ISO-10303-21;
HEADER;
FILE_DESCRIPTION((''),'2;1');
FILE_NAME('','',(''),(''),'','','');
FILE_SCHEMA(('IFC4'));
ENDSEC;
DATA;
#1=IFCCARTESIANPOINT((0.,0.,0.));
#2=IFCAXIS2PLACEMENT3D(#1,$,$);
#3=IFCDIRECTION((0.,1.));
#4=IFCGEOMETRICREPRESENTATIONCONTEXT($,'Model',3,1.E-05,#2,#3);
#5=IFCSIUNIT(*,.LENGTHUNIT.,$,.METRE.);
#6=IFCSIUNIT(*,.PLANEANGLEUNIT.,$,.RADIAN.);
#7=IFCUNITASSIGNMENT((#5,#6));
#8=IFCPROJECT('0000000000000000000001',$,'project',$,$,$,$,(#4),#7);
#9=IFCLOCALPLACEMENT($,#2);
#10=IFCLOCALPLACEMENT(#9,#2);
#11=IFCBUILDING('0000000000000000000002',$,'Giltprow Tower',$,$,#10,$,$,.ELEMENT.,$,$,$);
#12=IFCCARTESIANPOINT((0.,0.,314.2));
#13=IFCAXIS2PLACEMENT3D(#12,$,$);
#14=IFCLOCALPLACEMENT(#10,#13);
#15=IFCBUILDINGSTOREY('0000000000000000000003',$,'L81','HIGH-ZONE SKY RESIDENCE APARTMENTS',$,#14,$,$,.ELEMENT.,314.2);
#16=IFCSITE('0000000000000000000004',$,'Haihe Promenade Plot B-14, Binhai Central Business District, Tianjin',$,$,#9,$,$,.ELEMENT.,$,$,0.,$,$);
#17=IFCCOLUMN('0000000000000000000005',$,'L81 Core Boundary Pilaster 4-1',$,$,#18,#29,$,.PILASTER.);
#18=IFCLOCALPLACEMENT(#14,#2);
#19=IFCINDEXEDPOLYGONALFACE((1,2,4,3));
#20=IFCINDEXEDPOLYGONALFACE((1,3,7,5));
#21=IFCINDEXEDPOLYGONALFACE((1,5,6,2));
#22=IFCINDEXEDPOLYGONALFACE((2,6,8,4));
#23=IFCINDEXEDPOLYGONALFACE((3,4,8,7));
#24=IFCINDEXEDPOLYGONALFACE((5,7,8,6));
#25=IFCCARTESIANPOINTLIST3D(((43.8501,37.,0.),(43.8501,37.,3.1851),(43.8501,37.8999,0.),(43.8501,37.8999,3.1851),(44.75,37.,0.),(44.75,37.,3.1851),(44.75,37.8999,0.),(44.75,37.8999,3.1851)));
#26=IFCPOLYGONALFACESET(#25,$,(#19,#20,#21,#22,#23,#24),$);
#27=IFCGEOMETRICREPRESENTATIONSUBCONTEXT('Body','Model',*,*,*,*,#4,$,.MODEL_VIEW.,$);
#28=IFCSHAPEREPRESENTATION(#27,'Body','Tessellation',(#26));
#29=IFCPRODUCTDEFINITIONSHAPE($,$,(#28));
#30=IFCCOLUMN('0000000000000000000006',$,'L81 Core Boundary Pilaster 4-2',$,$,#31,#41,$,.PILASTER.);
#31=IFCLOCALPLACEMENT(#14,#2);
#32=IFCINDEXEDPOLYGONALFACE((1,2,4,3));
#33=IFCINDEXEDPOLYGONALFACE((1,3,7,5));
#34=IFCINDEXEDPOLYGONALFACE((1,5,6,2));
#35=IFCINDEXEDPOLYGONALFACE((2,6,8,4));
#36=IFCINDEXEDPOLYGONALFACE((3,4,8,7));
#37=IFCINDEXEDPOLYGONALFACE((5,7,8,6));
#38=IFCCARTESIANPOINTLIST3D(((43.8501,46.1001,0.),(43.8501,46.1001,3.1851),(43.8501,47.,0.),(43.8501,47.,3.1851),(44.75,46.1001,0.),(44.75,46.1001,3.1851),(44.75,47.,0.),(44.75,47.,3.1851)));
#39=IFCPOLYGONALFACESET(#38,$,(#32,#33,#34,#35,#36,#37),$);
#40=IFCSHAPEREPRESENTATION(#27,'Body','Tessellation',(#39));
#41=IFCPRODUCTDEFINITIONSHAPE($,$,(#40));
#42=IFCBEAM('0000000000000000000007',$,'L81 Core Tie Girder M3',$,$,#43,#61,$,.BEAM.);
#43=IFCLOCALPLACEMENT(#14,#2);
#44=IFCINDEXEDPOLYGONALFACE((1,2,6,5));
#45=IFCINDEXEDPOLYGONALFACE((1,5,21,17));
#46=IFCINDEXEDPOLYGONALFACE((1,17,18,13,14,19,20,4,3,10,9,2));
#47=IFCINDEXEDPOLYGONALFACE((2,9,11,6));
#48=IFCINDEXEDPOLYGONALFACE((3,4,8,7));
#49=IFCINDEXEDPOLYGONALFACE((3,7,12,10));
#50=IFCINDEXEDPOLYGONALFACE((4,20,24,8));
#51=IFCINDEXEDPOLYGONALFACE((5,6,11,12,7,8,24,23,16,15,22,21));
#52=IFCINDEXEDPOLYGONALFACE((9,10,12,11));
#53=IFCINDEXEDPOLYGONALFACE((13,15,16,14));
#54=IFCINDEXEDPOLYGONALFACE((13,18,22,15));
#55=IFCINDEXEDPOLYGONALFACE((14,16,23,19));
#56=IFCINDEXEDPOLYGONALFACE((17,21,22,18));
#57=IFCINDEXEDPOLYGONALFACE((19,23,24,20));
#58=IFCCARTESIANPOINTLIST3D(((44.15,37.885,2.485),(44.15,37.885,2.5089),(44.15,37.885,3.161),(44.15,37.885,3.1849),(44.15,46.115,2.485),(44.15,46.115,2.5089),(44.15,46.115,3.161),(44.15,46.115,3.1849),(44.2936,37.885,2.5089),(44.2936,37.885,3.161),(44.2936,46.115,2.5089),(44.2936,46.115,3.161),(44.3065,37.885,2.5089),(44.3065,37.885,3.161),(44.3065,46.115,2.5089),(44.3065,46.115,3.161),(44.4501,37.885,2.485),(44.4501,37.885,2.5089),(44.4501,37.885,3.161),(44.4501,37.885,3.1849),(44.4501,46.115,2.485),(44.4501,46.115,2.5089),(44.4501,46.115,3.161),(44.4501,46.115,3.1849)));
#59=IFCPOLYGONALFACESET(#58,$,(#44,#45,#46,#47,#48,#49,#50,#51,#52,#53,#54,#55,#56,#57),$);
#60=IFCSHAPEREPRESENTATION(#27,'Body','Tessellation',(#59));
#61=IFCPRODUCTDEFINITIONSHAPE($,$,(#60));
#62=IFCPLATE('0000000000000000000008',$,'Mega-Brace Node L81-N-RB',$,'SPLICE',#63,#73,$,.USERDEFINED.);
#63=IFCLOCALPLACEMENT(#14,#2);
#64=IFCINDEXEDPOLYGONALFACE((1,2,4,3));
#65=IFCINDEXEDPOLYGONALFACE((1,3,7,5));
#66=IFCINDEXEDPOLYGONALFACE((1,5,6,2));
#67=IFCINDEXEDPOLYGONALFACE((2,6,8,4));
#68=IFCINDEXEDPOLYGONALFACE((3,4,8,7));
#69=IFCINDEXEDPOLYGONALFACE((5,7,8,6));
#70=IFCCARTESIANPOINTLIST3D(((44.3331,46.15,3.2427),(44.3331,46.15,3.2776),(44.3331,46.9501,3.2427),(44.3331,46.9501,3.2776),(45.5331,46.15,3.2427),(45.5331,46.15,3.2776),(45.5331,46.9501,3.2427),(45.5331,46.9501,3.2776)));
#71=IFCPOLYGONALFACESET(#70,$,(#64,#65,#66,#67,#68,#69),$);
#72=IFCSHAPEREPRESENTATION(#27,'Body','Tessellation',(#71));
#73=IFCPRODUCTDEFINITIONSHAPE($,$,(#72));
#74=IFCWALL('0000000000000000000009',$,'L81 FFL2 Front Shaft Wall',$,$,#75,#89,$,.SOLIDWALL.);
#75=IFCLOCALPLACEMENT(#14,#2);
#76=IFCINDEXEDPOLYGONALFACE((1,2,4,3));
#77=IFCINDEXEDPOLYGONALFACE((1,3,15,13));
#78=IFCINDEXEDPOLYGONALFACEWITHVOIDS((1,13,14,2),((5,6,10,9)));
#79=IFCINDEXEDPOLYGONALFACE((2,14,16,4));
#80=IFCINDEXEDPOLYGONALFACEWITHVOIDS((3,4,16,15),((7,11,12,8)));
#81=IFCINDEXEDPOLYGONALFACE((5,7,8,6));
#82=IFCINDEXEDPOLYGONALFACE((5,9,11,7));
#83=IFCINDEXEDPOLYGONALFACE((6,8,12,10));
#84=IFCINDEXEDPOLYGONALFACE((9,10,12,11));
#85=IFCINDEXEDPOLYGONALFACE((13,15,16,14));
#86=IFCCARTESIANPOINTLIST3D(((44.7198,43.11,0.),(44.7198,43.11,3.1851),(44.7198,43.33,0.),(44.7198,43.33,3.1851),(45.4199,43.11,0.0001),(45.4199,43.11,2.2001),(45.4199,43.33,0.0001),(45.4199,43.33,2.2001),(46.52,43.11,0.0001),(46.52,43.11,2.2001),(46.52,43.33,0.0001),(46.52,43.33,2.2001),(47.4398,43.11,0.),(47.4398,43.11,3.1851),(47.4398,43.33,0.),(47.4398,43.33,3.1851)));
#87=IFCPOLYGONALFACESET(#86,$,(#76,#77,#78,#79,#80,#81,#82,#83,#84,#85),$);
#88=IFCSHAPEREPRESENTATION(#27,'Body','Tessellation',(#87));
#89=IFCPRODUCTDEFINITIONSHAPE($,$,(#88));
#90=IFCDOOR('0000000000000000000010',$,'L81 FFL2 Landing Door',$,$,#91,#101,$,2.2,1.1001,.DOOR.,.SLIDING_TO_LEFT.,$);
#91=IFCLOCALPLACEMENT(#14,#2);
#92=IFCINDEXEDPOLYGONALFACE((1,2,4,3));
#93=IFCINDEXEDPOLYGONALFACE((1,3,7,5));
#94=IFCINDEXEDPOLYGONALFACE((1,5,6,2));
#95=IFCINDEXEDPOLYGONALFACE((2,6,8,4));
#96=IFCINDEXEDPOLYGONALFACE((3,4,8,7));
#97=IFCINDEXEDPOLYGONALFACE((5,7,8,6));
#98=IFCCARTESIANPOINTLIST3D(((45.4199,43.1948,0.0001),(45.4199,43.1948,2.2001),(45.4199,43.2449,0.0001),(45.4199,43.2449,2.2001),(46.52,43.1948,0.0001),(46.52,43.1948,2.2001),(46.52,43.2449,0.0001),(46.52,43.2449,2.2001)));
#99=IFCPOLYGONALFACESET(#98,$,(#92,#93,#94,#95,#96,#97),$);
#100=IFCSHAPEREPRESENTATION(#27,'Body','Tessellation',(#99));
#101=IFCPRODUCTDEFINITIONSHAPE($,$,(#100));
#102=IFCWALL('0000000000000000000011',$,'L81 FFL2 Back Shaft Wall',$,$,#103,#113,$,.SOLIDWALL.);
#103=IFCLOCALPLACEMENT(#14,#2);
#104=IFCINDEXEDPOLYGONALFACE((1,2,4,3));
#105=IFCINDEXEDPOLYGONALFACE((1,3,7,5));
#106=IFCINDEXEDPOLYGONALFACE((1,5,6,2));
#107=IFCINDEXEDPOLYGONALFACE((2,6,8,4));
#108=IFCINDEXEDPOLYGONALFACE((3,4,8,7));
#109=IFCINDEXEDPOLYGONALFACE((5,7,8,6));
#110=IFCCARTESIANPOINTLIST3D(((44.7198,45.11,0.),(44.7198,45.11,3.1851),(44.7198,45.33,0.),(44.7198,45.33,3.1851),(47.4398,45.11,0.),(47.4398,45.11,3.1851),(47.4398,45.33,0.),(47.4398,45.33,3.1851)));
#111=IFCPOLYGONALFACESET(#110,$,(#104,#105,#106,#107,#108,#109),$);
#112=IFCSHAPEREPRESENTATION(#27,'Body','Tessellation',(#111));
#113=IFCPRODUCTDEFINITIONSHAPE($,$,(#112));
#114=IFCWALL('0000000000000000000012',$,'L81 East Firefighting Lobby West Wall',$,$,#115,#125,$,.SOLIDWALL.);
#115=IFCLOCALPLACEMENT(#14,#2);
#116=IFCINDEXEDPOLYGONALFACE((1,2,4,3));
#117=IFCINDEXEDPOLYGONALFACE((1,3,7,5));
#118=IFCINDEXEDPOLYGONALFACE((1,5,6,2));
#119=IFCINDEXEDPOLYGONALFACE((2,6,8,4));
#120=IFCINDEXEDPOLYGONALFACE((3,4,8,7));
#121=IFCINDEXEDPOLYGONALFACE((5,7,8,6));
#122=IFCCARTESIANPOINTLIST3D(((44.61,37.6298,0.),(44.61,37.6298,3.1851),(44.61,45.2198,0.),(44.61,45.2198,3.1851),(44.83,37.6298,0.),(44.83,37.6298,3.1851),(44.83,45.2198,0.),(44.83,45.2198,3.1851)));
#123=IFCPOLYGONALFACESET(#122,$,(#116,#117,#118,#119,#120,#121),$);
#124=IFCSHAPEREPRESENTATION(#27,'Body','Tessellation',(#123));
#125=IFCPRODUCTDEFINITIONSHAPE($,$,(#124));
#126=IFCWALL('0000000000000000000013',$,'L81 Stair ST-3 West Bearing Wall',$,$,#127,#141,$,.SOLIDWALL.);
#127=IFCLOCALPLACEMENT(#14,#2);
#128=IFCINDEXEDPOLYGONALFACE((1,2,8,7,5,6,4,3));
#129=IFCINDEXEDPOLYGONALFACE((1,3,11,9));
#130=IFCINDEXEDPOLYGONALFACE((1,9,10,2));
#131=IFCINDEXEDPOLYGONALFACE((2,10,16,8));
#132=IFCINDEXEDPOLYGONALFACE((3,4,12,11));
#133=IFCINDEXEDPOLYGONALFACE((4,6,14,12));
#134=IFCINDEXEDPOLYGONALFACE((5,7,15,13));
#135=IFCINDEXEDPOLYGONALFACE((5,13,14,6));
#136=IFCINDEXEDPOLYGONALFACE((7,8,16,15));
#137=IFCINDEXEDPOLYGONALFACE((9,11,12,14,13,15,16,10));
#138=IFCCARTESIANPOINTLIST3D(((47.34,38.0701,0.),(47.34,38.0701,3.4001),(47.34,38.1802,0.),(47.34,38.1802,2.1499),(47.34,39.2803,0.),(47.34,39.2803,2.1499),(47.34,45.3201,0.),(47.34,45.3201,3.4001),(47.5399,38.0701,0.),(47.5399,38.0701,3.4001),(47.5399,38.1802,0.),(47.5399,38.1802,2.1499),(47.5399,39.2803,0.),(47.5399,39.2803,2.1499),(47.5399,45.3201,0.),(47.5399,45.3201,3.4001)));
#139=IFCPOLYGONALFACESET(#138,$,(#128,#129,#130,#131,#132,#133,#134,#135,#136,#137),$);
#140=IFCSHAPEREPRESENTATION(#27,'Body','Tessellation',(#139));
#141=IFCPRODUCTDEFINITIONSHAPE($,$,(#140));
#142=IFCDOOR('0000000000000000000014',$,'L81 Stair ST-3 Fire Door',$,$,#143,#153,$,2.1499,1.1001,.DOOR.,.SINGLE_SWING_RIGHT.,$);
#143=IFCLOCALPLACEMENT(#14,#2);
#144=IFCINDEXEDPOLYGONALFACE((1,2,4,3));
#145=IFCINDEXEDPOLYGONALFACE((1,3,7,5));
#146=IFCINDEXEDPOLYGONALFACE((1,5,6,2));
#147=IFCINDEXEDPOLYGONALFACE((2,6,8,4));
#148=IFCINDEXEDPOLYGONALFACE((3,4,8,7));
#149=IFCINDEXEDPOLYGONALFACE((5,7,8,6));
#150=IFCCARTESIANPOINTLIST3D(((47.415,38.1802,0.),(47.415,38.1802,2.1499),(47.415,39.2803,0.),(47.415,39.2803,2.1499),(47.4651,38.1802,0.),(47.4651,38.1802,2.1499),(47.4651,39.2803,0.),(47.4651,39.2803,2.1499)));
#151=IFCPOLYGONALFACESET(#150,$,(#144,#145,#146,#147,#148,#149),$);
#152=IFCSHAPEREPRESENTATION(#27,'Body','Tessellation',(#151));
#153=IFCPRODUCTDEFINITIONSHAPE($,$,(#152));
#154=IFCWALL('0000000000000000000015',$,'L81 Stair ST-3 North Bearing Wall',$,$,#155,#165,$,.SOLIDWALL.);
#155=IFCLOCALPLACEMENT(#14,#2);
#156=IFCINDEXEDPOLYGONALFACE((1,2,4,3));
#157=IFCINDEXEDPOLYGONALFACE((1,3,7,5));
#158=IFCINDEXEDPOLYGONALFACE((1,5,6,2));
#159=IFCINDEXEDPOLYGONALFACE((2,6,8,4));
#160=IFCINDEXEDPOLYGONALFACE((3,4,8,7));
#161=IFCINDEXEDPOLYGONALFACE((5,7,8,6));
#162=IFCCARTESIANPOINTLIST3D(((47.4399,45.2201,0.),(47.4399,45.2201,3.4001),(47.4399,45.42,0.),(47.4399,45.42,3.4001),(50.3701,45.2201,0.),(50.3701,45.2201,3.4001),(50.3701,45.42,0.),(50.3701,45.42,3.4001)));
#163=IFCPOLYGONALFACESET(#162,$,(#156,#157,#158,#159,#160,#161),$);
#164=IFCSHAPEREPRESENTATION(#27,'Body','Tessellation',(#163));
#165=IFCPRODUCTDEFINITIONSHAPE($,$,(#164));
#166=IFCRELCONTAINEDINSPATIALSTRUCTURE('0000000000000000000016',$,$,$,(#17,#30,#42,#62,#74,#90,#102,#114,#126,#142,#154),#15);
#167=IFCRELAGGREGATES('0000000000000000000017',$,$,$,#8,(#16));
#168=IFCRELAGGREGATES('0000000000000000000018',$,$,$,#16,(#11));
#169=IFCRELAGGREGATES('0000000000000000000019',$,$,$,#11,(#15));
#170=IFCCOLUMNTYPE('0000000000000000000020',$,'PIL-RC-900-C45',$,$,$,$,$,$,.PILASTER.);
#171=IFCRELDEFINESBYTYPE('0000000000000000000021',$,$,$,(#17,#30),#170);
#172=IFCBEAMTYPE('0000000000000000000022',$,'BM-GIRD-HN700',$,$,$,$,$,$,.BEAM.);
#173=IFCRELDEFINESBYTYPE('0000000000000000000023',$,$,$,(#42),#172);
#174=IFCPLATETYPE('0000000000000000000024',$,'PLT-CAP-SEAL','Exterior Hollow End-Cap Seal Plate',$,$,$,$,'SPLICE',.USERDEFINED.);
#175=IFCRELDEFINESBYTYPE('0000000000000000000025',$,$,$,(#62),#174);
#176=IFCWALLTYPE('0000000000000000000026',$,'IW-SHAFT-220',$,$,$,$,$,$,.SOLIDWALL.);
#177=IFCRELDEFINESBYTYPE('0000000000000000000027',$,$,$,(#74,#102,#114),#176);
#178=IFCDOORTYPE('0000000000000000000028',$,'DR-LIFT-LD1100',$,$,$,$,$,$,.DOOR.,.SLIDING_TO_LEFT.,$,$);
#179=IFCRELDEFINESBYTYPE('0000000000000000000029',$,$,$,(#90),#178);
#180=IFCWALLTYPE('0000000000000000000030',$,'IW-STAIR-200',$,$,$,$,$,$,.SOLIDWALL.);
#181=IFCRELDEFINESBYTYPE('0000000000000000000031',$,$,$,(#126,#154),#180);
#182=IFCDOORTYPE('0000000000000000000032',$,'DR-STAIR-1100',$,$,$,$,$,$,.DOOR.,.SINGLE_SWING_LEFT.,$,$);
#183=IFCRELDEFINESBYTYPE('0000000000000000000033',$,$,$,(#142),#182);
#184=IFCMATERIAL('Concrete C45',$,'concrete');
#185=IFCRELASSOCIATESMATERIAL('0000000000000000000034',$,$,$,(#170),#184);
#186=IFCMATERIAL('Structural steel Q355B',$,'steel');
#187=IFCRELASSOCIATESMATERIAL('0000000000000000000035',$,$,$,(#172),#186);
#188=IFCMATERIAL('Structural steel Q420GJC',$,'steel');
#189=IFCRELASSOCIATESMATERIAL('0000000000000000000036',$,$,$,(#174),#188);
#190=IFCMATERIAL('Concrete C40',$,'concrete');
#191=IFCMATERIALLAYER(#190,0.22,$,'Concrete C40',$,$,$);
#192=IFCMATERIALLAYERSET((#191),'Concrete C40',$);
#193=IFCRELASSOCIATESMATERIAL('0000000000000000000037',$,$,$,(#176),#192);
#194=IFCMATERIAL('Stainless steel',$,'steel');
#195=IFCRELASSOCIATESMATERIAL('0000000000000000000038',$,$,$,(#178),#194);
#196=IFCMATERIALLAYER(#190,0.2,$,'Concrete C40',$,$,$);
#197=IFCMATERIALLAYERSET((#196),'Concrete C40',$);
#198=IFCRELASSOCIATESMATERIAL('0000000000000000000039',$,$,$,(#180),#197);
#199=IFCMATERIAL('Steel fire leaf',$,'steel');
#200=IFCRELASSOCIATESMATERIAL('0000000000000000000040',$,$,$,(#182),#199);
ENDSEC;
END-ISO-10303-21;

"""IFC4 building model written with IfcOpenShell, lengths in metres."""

from ifc_helpers import new_model, si_unit, direction, frame, frame_2d, origin, origin_2d, place, context, subcontext, project, spatial, rectangle, i_section, extrude, source, transform, mapped, material, layer, layer_set, material_profile, profile_set, type_object, element, fill, save


model = new_model("IFC4")

# Units and contexts
model_context = context("Model", 3, precision=1e-05, world=origin(), true_north=direction((0.0, 1.0)))
body_context = subcontext(model_context, "Body", "Model", "MODEL_VIEW")
ifc_project = project(units=[si_unit("LENGTHUNIT", "METRE"), si_unit("PLANEANGLEUNIT", "RADIAN")], contexts=[model_context])

# Site, building, storey
site_placement = place(None, origin())
site = spatial("IfcSite", under=ifc_project, at=site_placement, Name="Haihe Promenade Plot B-14, Binhai Central Business District, Tianjin", CompositionType="ELEMENT", RefElevation=0.0)
building_placement = place(site_placement, origin())
building = spatial("IfcBuilding", under=site, at=building_placement, Name="Giltprow Tower", CompositionType="ELEMENT")
storey_placement = place(building_placement, frame((0.0, 0.0, 314.2)))
storey = spatial("IfcBuildingStorey", under=building, at=storey_placement, Name="L81", Description="HIGH-ZONE SKY RESIDENCE APARTMENTS", CompositionType="ELEMENT", Elevation=314.2)

# Columns
ifc_material_1 = material(Name="Concrete C45", Category="concrete")
ifc_material_profile_1 = material_profile(ifc_material_1, rectangle(XDim=0.8999, YDim=0.8999, at=origin_2d()), Name="RC 900x900")
ifc_profile_set_1 = profile_set([ifc_material_profile_1], Name="Concrete C45")
column_type = type_object("IfcColumnType", Name="PIL-RC-900-C45", PredefinedType="PILASTER", material=ifc_profile_set_1)
shared_shape_1 = source(origin(), body_context, "Body", "SweptSolid", [
    extrude(rectangle(XDim=0.8999, YDim=0.8999, at=origin_2d()), origin(), (0.0, 0.0, 1.0), 3.1851),
])
for number, where, z_axis, x_axis, name in (
    (1, (44.3, 37.45, 0.0), (0.0, 0.0, 1.0), (1.0, 0.0, 0.0), "L81 Core Boundary Pilaster 4-1"),
    (2, (44.3, 46.55, 0.0), (0.0, 0.0, 1.0), (1.0, 0.0, 0.0), "L81 Core Boundary Pilaster 4-2"),
):
    element("IfcColumn", number, at=place(storey_placement, frame(where, z_axis=z_axis, x_axis=x_axis)), inside=storey, type_object=column_type, Name=name, PredefinedType="PILASTER", context=body_context, shape_type="MappedRepresentation", body=[
        mapped(shared_shape_1, transform((0.0, 0.0, 0.0), x_axis=(1.0, 0.0, 0.0), y_axis=(0.0, 1.0, 0.0), z_axis=(0.0, 0.0, 1.0), scale=1.0)),
    ])

# Beam
ifc_material_2 = material(Name="Structural steel Q355B", Category="steel")
ifc_material_profile_2 = material_profile(ifc_material_2, i_section(OverallWidth=0.3, OverallDepth=0.7, WebThickness=0.0129, FlangeThickness=0.0239, at=origin_2d()), Name="HN 700x300x13x24")
ifc_profile_set_2 = profile_set([ifc_material_profile_2], Name="Structural steel Q355B")
beam_type = type_object("IfcBeamType", Name="BM-GIRD-HN700", PredefinedType="BEAM", material=ifc_profile_set_2)
shared_shape_2 = source(origin(), body_context, "Body", "SweptSolid", [
    extrude(i_section(OverallWidth=0.3, OverallDepth=0.7, WebThickness=0.0129, FlangeThickness=0.0239, at=origin_2d()), origin(), (0.0, 0.0, 1.0), 8.23),
])
beam_placement = place(storey_placement, frame((44.3, 37.885, 2.835), z_axis=(0.0, 1.0, 0.0), x_axis=(-1.0, 0.0, 0.0)))
element("IfcBeam", 3, at=beam_placement, inside=storey, type_object=beam_type, Name="L81 Core Tie Girder M3", PredefinedType="BEAM", context=body_context, shape_type="MappedRepresentation", body=[
    mapped(shared_shape_2, transform((0.0, 0.0, 0.0), x_axis=(1.0, 0.0, 0.0), y_axis=(0.0, 1.0, 0.0), z_axis=(0.0, 0.0, 1.0), scale=1.0)),
])

# Plate
ifc_material_3 = material(Name="Structural steel Q420GJC", Category="steel")
plate_type = type_object("IfcPlateType", Name="PLT-CAP-SEAL", Description="Exterior Hollow End-Cap Seal Plate", ElementType="SPLICE", PredefinedType="USERDEFINED", material=ifc_material_3)
shared_shape_3 = source(origin(), body_context, "Body", "SweptSolid", [
    extrude(rectangle(XDim=1.2, YDim=0.8, at=origin_2d()), origin(), (0.0, 0.0, 1.0), 0.0349),
])
plate_placement = place(storey_placement, frame((44.9331, 46.55, 3.2427), z_axis=(0.0, 0.0, 1.0), x_axis=(1.0, 0.0, 0.0)))
element("IfcPlate", 4, at=plate_placement, inside=storey, type_object=plate_type, Name="Mega-Brace Node L81-N-RB", ObjectType="SPLICE", PredefinedType="USERDEFINED", context=body_context, shape_type="MappedRepresentation", body=[
    mapped(shared_shape_3, transform((0.0, 0.0, 0.0), x_axis=(1.0, 0.0, 0.0), y_axis=(0.0, 1.0, 0.0), z_axis=(0.0, 0.0, 1.0), scale=1.0)),
])

# Wall, opening, door
ifc_material_4 = material(Name="Concrete C40", Category="concrete")
ifc_layer_1 = layer(ifc_material_4, 0.22, Name="Concrete C40")
ifc_layer_set_1 = layer_set([ifc_layer_1], Name="Concrete C40")
wall_type_1 = type_object("IfcWallType", Name="IW-SHAFT-220", PredefinedType="SOLIDWALL", material=ifc_layer_set_1)
wall_1_placement = place(storey_placement, frame((44.72, 43.22, 0.0), z_axis=(0.0, 0.0, 1.0), x_axis=(1.0, 0.0, 0.0)))
wall_1 = element("IfcWall", 5, at=wall_1_placement, inside=storey, type_object=wall_type_1, Name="L81 FFL2 Front Shaft Wall", PredefinedType="SOLIDWALL", context=body_context, shape_type="SweptSolid", body=[
    extrude(rectangle(XDim=2.72, YDim=0.22, at=frame_2d((1.3599, 0.0))), origin(), (0.0, 0.0, 1.0), 3.1851),
])
opening_1_placement = place(wall_1_placement, frame((0.7, 0.0, 0.0)))
opening_1 = element("IfcOpeningElement", 6, at=opening_1_placement, cuts=wall_1, PredefinedType="OPENING", context=body_context, shape_type="SweptSolid", body=[
    extrude(rectangle(XDim=1.1001, YDim=2.2, at=frame_2d((0.55, 1.1001))), frame((0.0, 0.1199, 0.0), z_axis=(0.0, -1.0, 0.0), x_axis=(1.0, 0.0, 0.0)), (0.0, 0.0, 1.0), 0.24),
])
ifc_material_5 = material(Name="Stainless steel", Category="steel")
door_type_1 = type_object("IfcDoorType", Name="DR-LIFT-LD1100", OperationType="SLIDING_TO_LEFT", PredefinedType="DOOR", material=ifc_material_5)
shared_shape_4 = source(origin(), body_context, "Body", "SweptSolid", [
    extrude(rectangle(XDim=1.1001, YDim=2.2, at=frame_2d((0.55, 1.1001))), frame((0.0, 0.0249, 0.0), z_axis=(0.0, -1.0, 0.0), x_axis=(1.0, 0.0, 0.0)), (0.0, 0.0, 1.0), 0.05),
])
door_1_placement = place(opening_1_placement, origin())
door_1 = element("IfcDoor", 7, at=door_1_placement, inside=storey, type_object=door_type_1, Name="L81 FFL2 Landing Door", OperationType="SLIDING_TO_LEFT", OverallHeight=2.2, OverallWidth=1.1001, PredefinedType="DOOR", context=body_context, shape_type="MappedRepresentation", body=[
    mapped(shared_shape_4, transform((0.0, 0.0, 0.0), x_axis=(1.0, 0.0, 0.0), y_axis=(0.0, 1.0, 0.0), z_axis=(0.0, 0.0, 1.0), scale=1.0)),
])
fill(opening_1, door_1)

# Walls
wall_2_placement = place(storey_placement, frame((44.72, 45.22, 0.0), z_axis=(0.0, 0.0, 1.0), x_axis=(1.0, 0.0, 0.0)))
element("IfcWall", 8, at=wall_2_placement, inside=storey, type_object=wall_type_1, Name="L81 FFL2 Back Shaft Wall", PredefinedType="SOLIDWALL", context=body_context, shape_type="SweptSolid", body=[
    extrude(rectangle(XDim=2.72, YDim=0.22, at=frame_2d((1.3599, 0.0))), origin(), (0.0, 0.0, 1.0), 3.1851),
])
wall_3_placement = place(storey_placement, frame((44.72, 37.6299, 0.0), z_axis=(0.0, 0.0, 1.0), x_axis=(0.0, 1.0, 0.0)))
element("IfcWall", 9, at=wall_3_placement, inside=storey, type_object=wall_type_1, Name="L81 East Firefighting Lobby West Wall", PredefinedType="SOLIDWALL", context=body_context, shape_type="SweptSolid", body=[
    extrude(rectangle(XDim=7.5901, YDim=0.22, at=frame_2d((3.7949, 0.0))), origin(), (0.0, 0.0, 1.0), 3.1851),
])

# Wall, opening, door
ifc_layer_2 = layer(ifc_material_4, 0.2, Name="Concrete C40")
ifc_layer_set_2 = layer_set([ifc_layer_2], Name="Concrete C40")
wall_type_2 = type_object("IfcWallType", Name="IW-STAIR-200", PredefinedType="SOLIDWALL", material=ifc_layer_set_2)
wall_4_placement = place(storey_placement, frame((47.4399, 38.0701, 0.0), z_axis=(0.0, 0.0, 1.0), x_axis=(0.0, 1.0, 0.0)))
wall_4 = element("IfcWall", 10, at=wall_4_placement, inside=storey, type_object=wall_type_2, Name="L81 Stair ST-3 West Bearing Wall", PredefinedType="SOLIDWALL", context=body_context, shape_type="SweptSolid", body=[
    extrude(rectangle(XDim=7.25, YDim=0.2, at=frame_2d((3.625, 0.0))), origin(), (0.0, 0.0, 1.0), 3.4001),
])
opening_2_placement = place(wall_4_placement, frame((0.1101, 0.0, 0.0)))
opening_2 = element("IfcOpeningElement", 11, at=opening_2_placement, cuts=wall_4, PredefinedType="OPENING", context=body_context, shape_type="SweptSolid", body=[
    extrude(rectangle(XDim=1.1001, YDim=2.1499, at=frame_2d((0.55, 1.075))), frame((0.0, 0.1099, 0.0), z_axis=(0.0, -1.0, 0.0), x_axis=(1.0, 0.0, 0.0)), (0.0, 0.0, 1.0), 0.22),
])
ifc_material_6 = material(Name="Steel fire leaf", Category="steel")
door_type_2 = type_object("IfcDoorType", Name="DR-STAIR-1100", OperationType="SINGLE_SWING_LEFT", PredefinedType="DOOR", material=ifc_material_6)
shared_shape_5 = source(origin(), body_context, "Body", "SweptSolid", [
    extrude(rectangle(XDim=1.1001, YDim=2.1499, at=frame_2d((0.55, 1.075))), frame((0.0, 0.0249, 0.0), z_axis=(0.0, -1.0, 0.0), x_axis=(1.0, 0.0, 0.0)), (0.0, 0.0, 1.0), 0.05),
])
door_2_placement = place(opening_2_placement, origin())
door_2 = element("IfcDoor", 12, at=door_2_placement, inside=storey, type_object=door_type_2, Name="L81 Stair ST-3 Fire Door", OperationType="SINGLE_SWING_RIGHT", OverallHeight=2.1499, OverallWidth=1.1001, PredefinedType="DOOR", context=body_context, shape_type="MappedRepresentation", body=[
    mapped(shared_shape_5, transform((0.0, 0.0, 0.0), x_axis=(1.0, 0.0, 0.0), y_axis=(0.0, 1.0, 0.0), z_axis=(0.0, 0.0, 1.0), scale=1.0)),
])
fill(opening_2, door_2)

# Wall
for number, where, z_axis, x_axis, name in (
    (13, (47.4399, 45.3201, 0.0), (0.0, 0.0, 1.0), (1.0, 0.0, 0.0), "L81 Stair ST-3 North Bearing Wall"),
):
    element("IfcWall", number, at=place(storey_placement, frame(where, z_axis=z_axis, x_axis=x_axis)), inside=storey, type_object=wall_type_2, Name=name, PredefinedType="SOLIDWALL", context=body_context, shape_type="SweptSolid", body=[
        extrude(rectangle(XDim=2.9302, YDim=0.2, at=frame_2d((1.4651, 0.0))), origin(), (0.0, 0.0, 1.0), 3.4001),
    ])

save(model, "model.ifc")
